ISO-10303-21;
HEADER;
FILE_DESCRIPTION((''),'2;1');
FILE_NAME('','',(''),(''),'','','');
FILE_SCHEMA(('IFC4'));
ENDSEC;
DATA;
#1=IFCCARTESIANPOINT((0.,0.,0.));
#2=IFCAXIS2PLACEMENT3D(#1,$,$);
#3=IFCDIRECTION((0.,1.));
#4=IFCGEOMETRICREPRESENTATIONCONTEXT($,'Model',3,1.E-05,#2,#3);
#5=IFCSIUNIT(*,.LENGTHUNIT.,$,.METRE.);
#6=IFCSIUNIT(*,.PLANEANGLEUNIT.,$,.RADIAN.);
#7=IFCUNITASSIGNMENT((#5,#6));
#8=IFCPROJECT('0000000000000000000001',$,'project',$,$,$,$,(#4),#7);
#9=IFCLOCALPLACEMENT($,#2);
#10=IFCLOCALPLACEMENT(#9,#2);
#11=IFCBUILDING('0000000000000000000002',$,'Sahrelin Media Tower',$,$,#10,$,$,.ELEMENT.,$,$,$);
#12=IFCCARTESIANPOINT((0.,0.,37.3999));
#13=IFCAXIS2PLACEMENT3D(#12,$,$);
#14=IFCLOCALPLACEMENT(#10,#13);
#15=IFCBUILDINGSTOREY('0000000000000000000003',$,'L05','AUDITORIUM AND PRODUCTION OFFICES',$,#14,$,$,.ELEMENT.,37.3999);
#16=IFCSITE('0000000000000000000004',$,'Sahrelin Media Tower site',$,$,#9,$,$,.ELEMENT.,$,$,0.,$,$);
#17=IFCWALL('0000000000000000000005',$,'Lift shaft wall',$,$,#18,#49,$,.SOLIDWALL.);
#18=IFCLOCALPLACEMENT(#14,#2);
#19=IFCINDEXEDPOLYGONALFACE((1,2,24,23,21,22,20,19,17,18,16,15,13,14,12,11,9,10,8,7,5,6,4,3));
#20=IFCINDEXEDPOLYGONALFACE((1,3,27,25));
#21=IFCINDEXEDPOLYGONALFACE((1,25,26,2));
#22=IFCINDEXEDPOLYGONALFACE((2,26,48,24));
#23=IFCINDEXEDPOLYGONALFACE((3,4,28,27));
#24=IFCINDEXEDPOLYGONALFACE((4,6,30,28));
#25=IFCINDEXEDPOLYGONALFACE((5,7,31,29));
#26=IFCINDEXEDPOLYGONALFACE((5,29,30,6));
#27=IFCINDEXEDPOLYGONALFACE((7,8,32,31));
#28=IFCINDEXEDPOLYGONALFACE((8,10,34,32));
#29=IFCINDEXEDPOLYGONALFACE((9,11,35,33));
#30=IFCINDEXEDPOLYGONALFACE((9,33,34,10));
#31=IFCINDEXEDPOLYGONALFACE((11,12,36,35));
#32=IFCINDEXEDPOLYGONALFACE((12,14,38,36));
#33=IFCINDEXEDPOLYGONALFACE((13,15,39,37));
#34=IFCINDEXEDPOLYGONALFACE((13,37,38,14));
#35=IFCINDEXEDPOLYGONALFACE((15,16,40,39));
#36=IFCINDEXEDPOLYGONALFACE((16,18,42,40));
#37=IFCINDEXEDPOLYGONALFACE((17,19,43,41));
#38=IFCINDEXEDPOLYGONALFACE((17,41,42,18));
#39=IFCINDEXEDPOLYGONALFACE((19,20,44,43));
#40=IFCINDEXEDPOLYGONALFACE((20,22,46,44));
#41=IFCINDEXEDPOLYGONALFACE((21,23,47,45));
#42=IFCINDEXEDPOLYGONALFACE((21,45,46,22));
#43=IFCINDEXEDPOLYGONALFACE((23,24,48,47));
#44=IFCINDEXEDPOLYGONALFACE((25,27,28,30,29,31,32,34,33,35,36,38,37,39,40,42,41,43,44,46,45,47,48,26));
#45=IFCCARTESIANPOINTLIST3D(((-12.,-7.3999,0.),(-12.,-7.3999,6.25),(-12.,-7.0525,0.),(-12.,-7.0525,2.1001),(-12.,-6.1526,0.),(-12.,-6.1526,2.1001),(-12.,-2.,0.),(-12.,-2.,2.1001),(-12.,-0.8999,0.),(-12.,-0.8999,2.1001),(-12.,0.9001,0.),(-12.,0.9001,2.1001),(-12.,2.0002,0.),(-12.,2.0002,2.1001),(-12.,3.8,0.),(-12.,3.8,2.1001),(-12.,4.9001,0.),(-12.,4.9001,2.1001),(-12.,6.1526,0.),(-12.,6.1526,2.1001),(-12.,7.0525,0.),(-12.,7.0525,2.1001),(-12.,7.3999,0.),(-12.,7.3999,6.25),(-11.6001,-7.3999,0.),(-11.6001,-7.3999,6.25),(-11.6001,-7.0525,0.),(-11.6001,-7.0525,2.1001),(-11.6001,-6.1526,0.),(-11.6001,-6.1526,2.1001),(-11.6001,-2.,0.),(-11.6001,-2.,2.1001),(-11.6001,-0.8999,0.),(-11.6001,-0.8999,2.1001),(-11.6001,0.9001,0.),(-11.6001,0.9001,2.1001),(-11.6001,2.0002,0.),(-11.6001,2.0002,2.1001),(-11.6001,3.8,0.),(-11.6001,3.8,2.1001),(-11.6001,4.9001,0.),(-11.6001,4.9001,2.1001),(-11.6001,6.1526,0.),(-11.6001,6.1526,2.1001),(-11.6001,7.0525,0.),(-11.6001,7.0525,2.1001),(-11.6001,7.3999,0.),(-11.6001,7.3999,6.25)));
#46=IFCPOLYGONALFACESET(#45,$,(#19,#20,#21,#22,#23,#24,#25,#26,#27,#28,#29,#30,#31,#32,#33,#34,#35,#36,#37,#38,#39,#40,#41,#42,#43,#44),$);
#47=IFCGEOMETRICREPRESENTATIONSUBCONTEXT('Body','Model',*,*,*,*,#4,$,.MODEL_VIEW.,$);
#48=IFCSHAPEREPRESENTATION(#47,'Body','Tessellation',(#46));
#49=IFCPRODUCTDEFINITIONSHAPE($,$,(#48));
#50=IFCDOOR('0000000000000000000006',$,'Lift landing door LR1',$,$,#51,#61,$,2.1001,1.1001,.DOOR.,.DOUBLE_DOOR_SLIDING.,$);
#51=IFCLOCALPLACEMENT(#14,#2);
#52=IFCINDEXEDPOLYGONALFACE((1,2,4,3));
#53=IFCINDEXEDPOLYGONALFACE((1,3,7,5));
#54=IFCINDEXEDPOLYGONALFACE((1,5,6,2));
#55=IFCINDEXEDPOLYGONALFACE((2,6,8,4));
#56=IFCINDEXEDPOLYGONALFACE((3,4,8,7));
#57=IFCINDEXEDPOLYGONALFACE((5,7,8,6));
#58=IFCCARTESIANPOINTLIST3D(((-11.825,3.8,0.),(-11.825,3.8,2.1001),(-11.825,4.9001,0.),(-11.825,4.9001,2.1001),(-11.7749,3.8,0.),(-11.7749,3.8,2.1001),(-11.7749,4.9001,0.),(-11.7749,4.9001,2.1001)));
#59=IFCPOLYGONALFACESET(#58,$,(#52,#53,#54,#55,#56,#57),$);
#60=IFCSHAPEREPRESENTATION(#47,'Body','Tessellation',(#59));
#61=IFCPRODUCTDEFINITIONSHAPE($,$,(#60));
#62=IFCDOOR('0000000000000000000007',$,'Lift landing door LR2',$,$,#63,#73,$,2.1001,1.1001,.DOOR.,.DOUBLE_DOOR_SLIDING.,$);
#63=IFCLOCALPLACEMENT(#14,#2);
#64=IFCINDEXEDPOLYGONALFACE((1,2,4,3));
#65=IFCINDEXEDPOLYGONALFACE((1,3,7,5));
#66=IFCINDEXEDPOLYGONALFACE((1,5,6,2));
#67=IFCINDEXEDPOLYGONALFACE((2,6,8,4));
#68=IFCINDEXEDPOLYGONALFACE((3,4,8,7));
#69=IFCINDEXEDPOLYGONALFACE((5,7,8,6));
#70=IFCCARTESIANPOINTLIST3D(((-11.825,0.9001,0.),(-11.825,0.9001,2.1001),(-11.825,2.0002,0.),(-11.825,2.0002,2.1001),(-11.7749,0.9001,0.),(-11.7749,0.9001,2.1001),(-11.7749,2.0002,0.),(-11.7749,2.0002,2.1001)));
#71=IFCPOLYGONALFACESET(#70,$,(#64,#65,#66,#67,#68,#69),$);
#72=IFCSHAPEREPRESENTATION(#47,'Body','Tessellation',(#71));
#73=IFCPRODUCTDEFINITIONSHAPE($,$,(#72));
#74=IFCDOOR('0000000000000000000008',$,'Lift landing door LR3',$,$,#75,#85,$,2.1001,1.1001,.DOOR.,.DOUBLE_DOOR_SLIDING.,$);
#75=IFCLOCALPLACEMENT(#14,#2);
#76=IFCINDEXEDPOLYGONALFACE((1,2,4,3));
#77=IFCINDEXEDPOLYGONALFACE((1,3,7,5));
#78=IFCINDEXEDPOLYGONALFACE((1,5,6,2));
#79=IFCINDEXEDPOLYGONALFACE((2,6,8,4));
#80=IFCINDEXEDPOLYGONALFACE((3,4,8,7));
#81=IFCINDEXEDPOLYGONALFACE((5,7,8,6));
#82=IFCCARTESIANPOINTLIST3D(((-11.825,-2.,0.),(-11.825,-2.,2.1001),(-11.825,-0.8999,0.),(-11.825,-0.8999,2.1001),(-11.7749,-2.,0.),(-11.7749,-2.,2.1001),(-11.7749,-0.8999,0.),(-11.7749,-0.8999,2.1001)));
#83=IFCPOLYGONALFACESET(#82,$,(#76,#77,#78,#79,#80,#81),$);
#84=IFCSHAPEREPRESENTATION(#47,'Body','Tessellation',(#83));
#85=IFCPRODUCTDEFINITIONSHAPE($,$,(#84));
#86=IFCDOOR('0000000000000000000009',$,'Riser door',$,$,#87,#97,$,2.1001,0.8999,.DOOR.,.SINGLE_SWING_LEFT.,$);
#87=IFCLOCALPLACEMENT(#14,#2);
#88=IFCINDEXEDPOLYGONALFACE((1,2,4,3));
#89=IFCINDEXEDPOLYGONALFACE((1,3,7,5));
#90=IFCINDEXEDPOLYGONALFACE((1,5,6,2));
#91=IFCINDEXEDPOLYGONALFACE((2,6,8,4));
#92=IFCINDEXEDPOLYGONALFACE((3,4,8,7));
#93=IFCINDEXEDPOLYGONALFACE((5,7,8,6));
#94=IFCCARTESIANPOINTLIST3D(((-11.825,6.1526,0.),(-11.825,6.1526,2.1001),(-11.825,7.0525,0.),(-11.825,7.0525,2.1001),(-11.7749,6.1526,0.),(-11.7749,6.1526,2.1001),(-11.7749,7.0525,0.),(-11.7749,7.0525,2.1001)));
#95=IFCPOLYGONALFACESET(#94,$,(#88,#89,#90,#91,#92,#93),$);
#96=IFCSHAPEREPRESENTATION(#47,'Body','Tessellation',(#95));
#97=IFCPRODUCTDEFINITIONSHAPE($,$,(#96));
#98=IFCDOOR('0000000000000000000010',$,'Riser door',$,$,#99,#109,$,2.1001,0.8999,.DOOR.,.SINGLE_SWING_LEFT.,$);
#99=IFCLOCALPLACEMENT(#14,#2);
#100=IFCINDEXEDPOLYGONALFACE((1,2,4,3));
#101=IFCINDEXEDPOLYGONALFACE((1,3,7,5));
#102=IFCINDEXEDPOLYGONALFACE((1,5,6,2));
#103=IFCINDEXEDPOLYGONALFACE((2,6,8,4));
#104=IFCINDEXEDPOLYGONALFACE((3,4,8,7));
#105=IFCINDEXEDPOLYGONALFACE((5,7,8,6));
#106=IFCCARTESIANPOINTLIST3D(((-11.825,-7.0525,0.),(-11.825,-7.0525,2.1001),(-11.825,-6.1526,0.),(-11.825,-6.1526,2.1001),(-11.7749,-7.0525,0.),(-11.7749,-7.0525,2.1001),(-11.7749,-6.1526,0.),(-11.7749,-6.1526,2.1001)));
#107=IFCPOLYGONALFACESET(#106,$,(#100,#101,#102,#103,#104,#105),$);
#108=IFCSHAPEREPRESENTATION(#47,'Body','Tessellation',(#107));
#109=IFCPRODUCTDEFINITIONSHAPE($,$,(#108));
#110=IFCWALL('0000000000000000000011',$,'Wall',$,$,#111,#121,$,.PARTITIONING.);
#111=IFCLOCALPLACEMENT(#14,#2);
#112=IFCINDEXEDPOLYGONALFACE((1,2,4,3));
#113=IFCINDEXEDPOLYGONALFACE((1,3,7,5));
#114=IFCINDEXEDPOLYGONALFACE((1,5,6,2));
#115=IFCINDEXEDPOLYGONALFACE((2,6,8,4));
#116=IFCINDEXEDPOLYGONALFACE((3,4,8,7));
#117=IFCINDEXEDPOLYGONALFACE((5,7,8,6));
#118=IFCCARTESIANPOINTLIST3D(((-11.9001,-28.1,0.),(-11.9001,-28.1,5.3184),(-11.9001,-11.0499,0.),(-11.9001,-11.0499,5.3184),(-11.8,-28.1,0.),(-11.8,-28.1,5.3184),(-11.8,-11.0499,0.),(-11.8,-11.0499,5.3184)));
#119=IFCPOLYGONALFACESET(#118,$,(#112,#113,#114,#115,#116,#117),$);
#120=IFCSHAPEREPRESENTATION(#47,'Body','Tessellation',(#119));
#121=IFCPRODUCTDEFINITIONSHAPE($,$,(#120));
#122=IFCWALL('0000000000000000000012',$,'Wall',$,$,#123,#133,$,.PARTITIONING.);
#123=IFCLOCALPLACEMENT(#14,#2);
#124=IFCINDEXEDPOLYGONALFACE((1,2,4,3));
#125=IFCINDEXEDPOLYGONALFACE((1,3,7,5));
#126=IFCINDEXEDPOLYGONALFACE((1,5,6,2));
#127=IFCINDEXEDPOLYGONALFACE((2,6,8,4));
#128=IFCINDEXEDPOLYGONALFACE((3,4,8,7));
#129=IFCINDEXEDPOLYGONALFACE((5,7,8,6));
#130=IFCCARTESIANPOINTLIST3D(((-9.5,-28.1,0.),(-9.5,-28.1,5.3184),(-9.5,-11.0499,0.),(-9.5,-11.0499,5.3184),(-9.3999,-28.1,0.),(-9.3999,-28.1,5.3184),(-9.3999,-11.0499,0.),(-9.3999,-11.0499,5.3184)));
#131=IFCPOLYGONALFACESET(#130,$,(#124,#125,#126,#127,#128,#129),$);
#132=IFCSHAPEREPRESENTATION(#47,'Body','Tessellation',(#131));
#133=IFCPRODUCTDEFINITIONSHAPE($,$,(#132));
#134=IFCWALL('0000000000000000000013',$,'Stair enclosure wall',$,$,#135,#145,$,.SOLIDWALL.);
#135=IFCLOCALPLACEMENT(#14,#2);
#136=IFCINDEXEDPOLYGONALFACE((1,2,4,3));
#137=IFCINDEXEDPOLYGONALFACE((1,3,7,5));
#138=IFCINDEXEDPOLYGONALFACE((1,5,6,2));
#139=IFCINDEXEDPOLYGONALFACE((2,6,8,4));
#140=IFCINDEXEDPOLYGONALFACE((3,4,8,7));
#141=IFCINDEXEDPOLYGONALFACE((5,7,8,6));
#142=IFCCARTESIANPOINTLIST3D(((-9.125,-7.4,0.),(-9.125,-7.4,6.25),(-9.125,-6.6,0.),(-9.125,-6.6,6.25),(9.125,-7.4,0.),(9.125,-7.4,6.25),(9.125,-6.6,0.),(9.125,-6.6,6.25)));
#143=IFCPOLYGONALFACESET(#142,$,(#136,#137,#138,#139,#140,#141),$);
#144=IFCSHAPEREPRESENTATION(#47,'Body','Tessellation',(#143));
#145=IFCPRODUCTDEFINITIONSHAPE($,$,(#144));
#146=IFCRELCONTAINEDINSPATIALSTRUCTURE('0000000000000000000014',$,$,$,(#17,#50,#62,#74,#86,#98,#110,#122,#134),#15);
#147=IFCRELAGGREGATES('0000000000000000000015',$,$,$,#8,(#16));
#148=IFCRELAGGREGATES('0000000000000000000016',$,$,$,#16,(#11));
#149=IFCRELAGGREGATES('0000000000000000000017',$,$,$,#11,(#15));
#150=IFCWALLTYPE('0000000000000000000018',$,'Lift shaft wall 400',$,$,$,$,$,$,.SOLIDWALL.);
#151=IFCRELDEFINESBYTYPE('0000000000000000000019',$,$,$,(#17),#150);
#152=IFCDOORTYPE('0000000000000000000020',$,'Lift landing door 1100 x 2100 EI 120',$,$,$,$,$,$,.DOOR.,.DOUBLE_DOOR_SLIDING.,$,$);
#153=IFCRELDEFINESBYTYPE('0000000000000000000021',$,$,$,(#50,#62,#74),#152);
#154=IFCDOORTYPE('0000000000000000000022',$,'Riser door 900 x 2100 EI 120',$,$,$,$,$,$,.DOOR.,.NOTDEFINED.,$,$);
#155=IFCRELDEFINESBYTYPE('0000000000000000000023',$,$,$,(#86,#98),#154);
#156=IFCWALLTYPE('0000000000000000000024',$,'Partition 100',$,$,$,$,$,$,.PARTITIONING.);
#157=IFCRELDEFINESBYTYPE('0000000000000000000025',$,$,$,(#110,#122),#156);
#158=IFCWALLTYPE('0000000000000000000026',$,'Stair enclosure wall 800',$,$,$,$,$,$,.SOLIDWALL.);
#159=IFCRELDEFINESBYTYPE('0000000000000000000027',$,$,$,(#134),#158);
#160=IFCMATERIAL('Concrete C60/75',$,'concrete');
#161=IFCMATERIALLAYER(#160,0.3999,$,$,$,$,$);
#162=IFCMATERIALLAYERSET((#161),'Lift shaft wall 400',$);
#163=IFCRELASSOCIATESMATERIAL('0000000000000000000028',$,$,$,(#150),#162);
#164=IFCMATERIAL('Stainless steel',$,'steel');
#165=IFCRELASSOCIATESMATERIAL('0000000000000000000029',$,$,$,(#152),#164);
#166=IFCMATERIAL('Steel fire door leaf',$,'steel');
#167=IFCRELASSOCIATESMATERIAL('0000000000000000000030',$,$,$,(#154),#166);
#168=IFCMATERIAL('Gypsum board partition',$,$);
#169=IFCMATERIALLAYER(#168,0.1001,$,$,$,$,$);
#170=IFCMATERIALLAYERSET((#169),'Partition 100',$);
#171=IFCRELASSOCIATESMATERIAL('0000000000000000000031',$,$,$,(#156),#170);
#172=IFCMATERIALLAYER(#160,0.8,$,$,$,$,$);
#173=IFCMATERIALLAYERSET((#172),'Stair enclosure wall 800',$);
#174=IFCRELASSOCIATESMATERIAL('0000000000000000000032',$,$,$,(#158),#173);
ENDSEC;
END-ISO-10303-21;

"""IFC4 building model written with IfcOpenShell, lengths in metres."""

from ifc_helpers import new_model, si_unit, direction, frame, frame_2d, origin, place, context, subcontext, project, spatial, rectangle, extrude, material, layer, layer_set, type_object, element, fill, save


model = new_model("IFC4")

# Units and contexts
model_context = context("Model", 3, precision=1e-05, world=origin(), true_north=direction((0.0, 1.0)))
body_context = subcontext(model_context, "Body", "Model", "MODEL_VIEW")
ifc_project = project(units=[si_unit("LENGTHUNIT", "METRE"), si_unit("PLANEANGLEUNIT", "RADIAN")], contexts=[model_context])

# Site, building, storey
site_placement = place(None, origin())
site = spatial("IfcSite", under=ifc_project, at=site_placement, Name="Sahrelin Media Tower site", CompositionType="ELEMENT", RefElevation=0.0)
building_placement = place(site_placement, origin())
building = spatial("IfcBuilding", under=site, at=building_placement, Name="Sahrelin Media Tower", CompositionType="ELEMENT")
storey_placement = place(building_placement, frame((0.0, 0.0, 37.3999)))
storey = spatial("IfcBuildingStorey", under=building, at=storey_placement, Name="L05", Description="AUDITORIUM AND PRODUCTION OFFICES", CompositionType="ELEMENT", Elevation=37.3999)

# Wall, openings, doors
ifc_material_1 = material(Name="Concrete C60/75", Category="concrete")
ifc_layer_1 = layer(ifc_material_1, 0.3999)
ifc_layer_set_1 = layer_set([ifc_layer_1], Name="Lift shaft wall 400")
wall_type_1 = type_object("IfcWallType", Name="Lift shaft wall 400", PredefinedType="SOLIDWALL", material=ifc_layer_set_1)
wall_1_placement = place(storey_placement, frame((-11.8, -7.3999, 0.0), z_axis=(0.0, 0.0, 1.0), x_axis=(0.0, 1.0, 0.0)))
wall_1 = element("IfcWall", 1, at=wall_1_placement, inside=storey, type_object=wall_type_1, Name="Lift shaft wall", PredefinedType="SOLIDWALL", context=body_context, shape_type="SweptSolid", body=[
    extrude(rectangle(XDim=14.7998, YDim=0.3999, at=frame_2d((7.3999, 0.0))), origin(), (0.0, 0.0, 1.0), 6.25),
])
opening_1_placement = place(wall_1_placement, frame((11.2, 0.0, 0.0)))
opening_1 = element("IfcOpeningElement", 2, at=opening_1_placement, cuts=wall_1, PredefinedType="OPENING", context=body_context, shape_type="SweptSolid", body=[
    extrude(rectangle(XDim=1.1001, YDim=2.1001, at=frame_2d((0.55, 1.05))), frame((0.0, 0.2, 0.0), z_axis=(0.0, -1.0, 0.0), x_axis=(1.0, 0.0, 0.0)), (0.0, 0.0, 1.0), 0.3999),
])
opening_2_placement = place(wall_1_placement, frame((8.3, 0.0, 0.0)))
opening_2 = element("IfcOpeningElement", 3, at=opening_2_placement, cuts=wall_1, PredefinedType="OPENING", context=body_context, shape_type="SweptSolid", body=[
    extrude(rectangle(XDim=1.1001, YDim=2.1001, at=frame_2d((0.55, 1.05))), frame((0.0, 0.2, 0.0), z_axis=(0.0, -1.0, 0.0), x_axis=(1.0, 0.0, 0.0)), (0.0, 0.0, 1.0), 0.3999),
])
opening_3_placement = place(wall_1_placement, frame((5.3999, 0.0, 0.0)))
opening_3 = element("IfcOpeningElement", 4, at=opening_3_placement, cuts=wall_1, PredefinedType="OPENING", context=body_context, shape_type="SweptSolid", body=[
    extrude(rectangle(XDim=1.1001, YDim=2.1001, at=frame_2d((0.55, 1.05))), frame((0.0, 0.2, 0.0), z_axis=(0.0, -1.0, 0.0), x_axis=(1.0, 0.0, 0.0)), (0.0, 0.0, 1.0), 0.3999),
])
opening_4_placement = place(wall_1_placement, frame((13.5525, 0.0, 0.0)))
opening_4 = element("IfcOpeningElement", 5, at=opening_4_placement, cuts=wall_1, PredefinedType="OPENING", context=body_context, shape_type="SweptSolid", body=[
    extrude(rectangle(XDim=0.8999, YDim=2.1001, at=frame_2d((0.45, 1.05))), frame((0.0, 0.2, 0.0), z_axis=(0.0, -1.0, 0.0), x_axis=(1.0, 0.0, 0.0)), (0.0, 0.0, 1.0), 0.3999),
])
opening_5_placement = place(wall_1_placement, frame((0.3474, 0.0, 0.0)))
opening_5 = element("IfcOpeningElement", 6, at=opening_5_placement, cuts=wall_1, PredefinedType="OPENING", context=body_context, shape_type="SweptSolid", body=[
    extrude(rectangle(XDim=0.8999, YDim=2.1001, at=frame_2d((0.45, 1.05))), frame((0.0, 0.2, 0.0), z_axis=(0.0, -1.0, 0.0), x_axis=(1.0, 0.0, 0.0)), (0.0, 0.0, 1.0), 0.3999),
])
ifc_material_2 = material(Name="Stainless steel", Category="steel")
door_type_1 = type_object("IfcDoorType", Name="Lift landing door 1100 x 2100 EI 120", OperationType="DOUBLE_DOOR_SLIDING", PredefinedType="DOOR", material=ifc_material_2)
door_1_placement = place(opening_1_placement, origin())
door_1 = element("IfcDoor", 7, at=door_1_placement, inside=storey, type_object=door_type_1, Name="Lift landing door LR1", OperationType="DOUBLE_DOOR_SLIDING", OverallHeight=2.1001, OverallWidth=1.1001, PredefinedType="DOOR", context=body_context, shape_type="SweptSolid", body=[
    extrude(rectangle(XDim=1.1001, YDim=2.1001, at=frame_2d((0.55, 1.05))), frame((0.0, 0.0249, 0.0), z_axis=(0.0, -1.0, 0.0), x_axis=(1.0, 0.0, 0.0)), (0.0, 0.0, 1.0), 0.05),
])
fill(opening_1, door_1)
door_2_placement = place(opening_2_placement, origin())
door_2 = element("IfcDoor", 8, at=door_2_placement, inside=storey, type_object=door_type_1, Name="Lift landing door LR2", OperationType="DOUBLE_DOOR_SLIDING", OverallHeight=2.1001, OverallWidth=1.1001, PredefinedType="DOOR", context=body_context, shape_type="SweptSolid", body=[
    extrude(rectangle(XDim=1.1001, YDim=2.1001, at=frame_2d((0.55, 1.05))), frame((0.0, 0.0249, 0.0), z_axis=(0.0, -1.0, 0.0), x_axis=(1.0, 0.0, 0.0)), (0.0, 0.0, 1.0), 0.05),
])
fill(opening_2, door_2)
door_3_placement = place(opening_3_placement, origin())
door_3 = element("IfcDoor", 9, at=door_3_placement, inside=storey, type_object=door_type_1, Name="Lift landing door LR3", OperationType="DOUBLE_DOOR_SLIDING", OverallHeight=2.1001, OverallWidth=1.1001, PredefinedType="DOOR", context=body_context, shape_type="SweptSolid", body=[
    extrude(rectangle(XDim=1.1001, YDim=2.1001, at=frame_2d((0.55, 1.05))), frame((0.0, 0.0249, 0.0), z_axis=(0.0, -1.0, 0.0), x_axis=(1.0, 0.0, 0.0)), (0.0, 0.0, 1.0), 0.05),
])
fill(opening_3, door_3)
ifc_material_3 = material(Name="Steel fire door leaf", Category="steel")
door_type_2 = type_object("IfcDoorType", Name="Riser door 900 x 2100 EI 120", OperationType="NOTDEFINED", PredefinedType="DOOR", material=ifc_material_3)
door_4_placement = place(opening_4_placement, origin())
door_4 = element("IfcDoor", 10, at=door_4_placement, inside=storey, type_object=door_type_2, Name="Riser door", OperationType="SINGLE_SWING_LEFT", OverallHeight=2.1001, OverallWidth=0.8999, PredefinedType="DOOR", context=body_context, shape_type="SweptSolid", body=[
    extrude(rectangle(XDim=0.8999, YDim=2.1001, at=frame_2d((0.45, 1.05))), frame((0.0, 0.0249, 0.0), z_axis=(0.0, -1.0, 0.0), x_axis=(1.0, 0.0, 0.0)), (0.0, 0.0, 1.0), 0.05),
])
fill(opening_4, door_4)
door_5_placement = place(opening_5_placement, origin())
door_5 = element("IfcDoor", 11, at=door_5_placement, inside=storey, type_object=door_type_2, Name="Riser door", OperationType="SINGLE_SWING_LEFT", OverallHeight=2.1001, OverallWidth=0.8999, PredefinedType="DOOR", context=body_context, shape_type="SweptSolid", body=[
    extrude(rectangle(XDim=0.8999, YDim=2.1001, at=frame_2d((0.45, 1.05))), frame((0.0, 0.0249, 0.0), z_axis=(0.0, -1.0, 0.0), x_axis=(1.0, 0.0, 0.0)), (0.0, 0.0, 1.0), 0.05),
])
fill(opening_5, door_5)

# Walls
ifc_material_4 = material(Name="Gypsum board partition")
ifc_layer_2 = layer(ifc_material_4, 0.1001)
ifc_layer_set_2 = layer_set([ifc_layer_2], Name="Partition 100")
wall_type_2 = type_object("IfcWallType", Name="Partition 100", PredefinedType="PARTITIONING", material=ifc_layer_set_2)
for number, where, z_axis, x_axis, name in (
    (12, (-11.8501, -11.05, 0.0), (0.0, 0.0, 1.0), (0.0, -1.0, 0.0), "Wall"),
    (13, (-9.45, -11.05, 0.0), (0.0, 0.0, 1.0), (0.0, -1.0, 0.0), "Wall"),
):
    element("IfcWall", number, at=place(storey_placement, frame(where, z_axis=z_axis, x_axis=x_axis)), inside=storey, type_object=wall_type_2, Name=name, PredefinedType="PARTITIONING", context=body_context, shape_type="SweptSolid", body=[
        extrude(rectangle(XDim=17.05, YDim=0.1001, at=frame_2d((8.5249, 0.0))), origin(), (0.0, 0.0, 1.0), 5.3184),
    ])
ifc_layer_3 = layer(ifc_material_1, 0.8)
ifc_layer_set_3 = layer_set([ifc_layer_3], Name="Stair enclosure wall 800")
wall_type_3 = type_object("IfcWallType", Name="Stair enclosure wall 800", PredefinedType="SOLIDWALL", material=ifc_layer_set_3)
wall_2_placement = place(storey_placement, frame((-9.125, -7.0, 0.0), z_axis=(0.0, 0.0, 1.0), x_axis=(1.0, 0.0, 0.0)))
element("IfcWall", 14, at=wall_2_placement, inside=storey, type_object=wall_type_3, Name="Stair enclosure wall", PredefinedType="SOLIDWALL", context=body_context, shape_type="SweptSolid", body=[
    extrude(rectangle(XDim=18.25, YDim=0.8, at=frame_2d((9.125, 0.0))), origin(), (0.0, 0.0, 1.0), 6.25),
])

save(model, "model.ifc")
